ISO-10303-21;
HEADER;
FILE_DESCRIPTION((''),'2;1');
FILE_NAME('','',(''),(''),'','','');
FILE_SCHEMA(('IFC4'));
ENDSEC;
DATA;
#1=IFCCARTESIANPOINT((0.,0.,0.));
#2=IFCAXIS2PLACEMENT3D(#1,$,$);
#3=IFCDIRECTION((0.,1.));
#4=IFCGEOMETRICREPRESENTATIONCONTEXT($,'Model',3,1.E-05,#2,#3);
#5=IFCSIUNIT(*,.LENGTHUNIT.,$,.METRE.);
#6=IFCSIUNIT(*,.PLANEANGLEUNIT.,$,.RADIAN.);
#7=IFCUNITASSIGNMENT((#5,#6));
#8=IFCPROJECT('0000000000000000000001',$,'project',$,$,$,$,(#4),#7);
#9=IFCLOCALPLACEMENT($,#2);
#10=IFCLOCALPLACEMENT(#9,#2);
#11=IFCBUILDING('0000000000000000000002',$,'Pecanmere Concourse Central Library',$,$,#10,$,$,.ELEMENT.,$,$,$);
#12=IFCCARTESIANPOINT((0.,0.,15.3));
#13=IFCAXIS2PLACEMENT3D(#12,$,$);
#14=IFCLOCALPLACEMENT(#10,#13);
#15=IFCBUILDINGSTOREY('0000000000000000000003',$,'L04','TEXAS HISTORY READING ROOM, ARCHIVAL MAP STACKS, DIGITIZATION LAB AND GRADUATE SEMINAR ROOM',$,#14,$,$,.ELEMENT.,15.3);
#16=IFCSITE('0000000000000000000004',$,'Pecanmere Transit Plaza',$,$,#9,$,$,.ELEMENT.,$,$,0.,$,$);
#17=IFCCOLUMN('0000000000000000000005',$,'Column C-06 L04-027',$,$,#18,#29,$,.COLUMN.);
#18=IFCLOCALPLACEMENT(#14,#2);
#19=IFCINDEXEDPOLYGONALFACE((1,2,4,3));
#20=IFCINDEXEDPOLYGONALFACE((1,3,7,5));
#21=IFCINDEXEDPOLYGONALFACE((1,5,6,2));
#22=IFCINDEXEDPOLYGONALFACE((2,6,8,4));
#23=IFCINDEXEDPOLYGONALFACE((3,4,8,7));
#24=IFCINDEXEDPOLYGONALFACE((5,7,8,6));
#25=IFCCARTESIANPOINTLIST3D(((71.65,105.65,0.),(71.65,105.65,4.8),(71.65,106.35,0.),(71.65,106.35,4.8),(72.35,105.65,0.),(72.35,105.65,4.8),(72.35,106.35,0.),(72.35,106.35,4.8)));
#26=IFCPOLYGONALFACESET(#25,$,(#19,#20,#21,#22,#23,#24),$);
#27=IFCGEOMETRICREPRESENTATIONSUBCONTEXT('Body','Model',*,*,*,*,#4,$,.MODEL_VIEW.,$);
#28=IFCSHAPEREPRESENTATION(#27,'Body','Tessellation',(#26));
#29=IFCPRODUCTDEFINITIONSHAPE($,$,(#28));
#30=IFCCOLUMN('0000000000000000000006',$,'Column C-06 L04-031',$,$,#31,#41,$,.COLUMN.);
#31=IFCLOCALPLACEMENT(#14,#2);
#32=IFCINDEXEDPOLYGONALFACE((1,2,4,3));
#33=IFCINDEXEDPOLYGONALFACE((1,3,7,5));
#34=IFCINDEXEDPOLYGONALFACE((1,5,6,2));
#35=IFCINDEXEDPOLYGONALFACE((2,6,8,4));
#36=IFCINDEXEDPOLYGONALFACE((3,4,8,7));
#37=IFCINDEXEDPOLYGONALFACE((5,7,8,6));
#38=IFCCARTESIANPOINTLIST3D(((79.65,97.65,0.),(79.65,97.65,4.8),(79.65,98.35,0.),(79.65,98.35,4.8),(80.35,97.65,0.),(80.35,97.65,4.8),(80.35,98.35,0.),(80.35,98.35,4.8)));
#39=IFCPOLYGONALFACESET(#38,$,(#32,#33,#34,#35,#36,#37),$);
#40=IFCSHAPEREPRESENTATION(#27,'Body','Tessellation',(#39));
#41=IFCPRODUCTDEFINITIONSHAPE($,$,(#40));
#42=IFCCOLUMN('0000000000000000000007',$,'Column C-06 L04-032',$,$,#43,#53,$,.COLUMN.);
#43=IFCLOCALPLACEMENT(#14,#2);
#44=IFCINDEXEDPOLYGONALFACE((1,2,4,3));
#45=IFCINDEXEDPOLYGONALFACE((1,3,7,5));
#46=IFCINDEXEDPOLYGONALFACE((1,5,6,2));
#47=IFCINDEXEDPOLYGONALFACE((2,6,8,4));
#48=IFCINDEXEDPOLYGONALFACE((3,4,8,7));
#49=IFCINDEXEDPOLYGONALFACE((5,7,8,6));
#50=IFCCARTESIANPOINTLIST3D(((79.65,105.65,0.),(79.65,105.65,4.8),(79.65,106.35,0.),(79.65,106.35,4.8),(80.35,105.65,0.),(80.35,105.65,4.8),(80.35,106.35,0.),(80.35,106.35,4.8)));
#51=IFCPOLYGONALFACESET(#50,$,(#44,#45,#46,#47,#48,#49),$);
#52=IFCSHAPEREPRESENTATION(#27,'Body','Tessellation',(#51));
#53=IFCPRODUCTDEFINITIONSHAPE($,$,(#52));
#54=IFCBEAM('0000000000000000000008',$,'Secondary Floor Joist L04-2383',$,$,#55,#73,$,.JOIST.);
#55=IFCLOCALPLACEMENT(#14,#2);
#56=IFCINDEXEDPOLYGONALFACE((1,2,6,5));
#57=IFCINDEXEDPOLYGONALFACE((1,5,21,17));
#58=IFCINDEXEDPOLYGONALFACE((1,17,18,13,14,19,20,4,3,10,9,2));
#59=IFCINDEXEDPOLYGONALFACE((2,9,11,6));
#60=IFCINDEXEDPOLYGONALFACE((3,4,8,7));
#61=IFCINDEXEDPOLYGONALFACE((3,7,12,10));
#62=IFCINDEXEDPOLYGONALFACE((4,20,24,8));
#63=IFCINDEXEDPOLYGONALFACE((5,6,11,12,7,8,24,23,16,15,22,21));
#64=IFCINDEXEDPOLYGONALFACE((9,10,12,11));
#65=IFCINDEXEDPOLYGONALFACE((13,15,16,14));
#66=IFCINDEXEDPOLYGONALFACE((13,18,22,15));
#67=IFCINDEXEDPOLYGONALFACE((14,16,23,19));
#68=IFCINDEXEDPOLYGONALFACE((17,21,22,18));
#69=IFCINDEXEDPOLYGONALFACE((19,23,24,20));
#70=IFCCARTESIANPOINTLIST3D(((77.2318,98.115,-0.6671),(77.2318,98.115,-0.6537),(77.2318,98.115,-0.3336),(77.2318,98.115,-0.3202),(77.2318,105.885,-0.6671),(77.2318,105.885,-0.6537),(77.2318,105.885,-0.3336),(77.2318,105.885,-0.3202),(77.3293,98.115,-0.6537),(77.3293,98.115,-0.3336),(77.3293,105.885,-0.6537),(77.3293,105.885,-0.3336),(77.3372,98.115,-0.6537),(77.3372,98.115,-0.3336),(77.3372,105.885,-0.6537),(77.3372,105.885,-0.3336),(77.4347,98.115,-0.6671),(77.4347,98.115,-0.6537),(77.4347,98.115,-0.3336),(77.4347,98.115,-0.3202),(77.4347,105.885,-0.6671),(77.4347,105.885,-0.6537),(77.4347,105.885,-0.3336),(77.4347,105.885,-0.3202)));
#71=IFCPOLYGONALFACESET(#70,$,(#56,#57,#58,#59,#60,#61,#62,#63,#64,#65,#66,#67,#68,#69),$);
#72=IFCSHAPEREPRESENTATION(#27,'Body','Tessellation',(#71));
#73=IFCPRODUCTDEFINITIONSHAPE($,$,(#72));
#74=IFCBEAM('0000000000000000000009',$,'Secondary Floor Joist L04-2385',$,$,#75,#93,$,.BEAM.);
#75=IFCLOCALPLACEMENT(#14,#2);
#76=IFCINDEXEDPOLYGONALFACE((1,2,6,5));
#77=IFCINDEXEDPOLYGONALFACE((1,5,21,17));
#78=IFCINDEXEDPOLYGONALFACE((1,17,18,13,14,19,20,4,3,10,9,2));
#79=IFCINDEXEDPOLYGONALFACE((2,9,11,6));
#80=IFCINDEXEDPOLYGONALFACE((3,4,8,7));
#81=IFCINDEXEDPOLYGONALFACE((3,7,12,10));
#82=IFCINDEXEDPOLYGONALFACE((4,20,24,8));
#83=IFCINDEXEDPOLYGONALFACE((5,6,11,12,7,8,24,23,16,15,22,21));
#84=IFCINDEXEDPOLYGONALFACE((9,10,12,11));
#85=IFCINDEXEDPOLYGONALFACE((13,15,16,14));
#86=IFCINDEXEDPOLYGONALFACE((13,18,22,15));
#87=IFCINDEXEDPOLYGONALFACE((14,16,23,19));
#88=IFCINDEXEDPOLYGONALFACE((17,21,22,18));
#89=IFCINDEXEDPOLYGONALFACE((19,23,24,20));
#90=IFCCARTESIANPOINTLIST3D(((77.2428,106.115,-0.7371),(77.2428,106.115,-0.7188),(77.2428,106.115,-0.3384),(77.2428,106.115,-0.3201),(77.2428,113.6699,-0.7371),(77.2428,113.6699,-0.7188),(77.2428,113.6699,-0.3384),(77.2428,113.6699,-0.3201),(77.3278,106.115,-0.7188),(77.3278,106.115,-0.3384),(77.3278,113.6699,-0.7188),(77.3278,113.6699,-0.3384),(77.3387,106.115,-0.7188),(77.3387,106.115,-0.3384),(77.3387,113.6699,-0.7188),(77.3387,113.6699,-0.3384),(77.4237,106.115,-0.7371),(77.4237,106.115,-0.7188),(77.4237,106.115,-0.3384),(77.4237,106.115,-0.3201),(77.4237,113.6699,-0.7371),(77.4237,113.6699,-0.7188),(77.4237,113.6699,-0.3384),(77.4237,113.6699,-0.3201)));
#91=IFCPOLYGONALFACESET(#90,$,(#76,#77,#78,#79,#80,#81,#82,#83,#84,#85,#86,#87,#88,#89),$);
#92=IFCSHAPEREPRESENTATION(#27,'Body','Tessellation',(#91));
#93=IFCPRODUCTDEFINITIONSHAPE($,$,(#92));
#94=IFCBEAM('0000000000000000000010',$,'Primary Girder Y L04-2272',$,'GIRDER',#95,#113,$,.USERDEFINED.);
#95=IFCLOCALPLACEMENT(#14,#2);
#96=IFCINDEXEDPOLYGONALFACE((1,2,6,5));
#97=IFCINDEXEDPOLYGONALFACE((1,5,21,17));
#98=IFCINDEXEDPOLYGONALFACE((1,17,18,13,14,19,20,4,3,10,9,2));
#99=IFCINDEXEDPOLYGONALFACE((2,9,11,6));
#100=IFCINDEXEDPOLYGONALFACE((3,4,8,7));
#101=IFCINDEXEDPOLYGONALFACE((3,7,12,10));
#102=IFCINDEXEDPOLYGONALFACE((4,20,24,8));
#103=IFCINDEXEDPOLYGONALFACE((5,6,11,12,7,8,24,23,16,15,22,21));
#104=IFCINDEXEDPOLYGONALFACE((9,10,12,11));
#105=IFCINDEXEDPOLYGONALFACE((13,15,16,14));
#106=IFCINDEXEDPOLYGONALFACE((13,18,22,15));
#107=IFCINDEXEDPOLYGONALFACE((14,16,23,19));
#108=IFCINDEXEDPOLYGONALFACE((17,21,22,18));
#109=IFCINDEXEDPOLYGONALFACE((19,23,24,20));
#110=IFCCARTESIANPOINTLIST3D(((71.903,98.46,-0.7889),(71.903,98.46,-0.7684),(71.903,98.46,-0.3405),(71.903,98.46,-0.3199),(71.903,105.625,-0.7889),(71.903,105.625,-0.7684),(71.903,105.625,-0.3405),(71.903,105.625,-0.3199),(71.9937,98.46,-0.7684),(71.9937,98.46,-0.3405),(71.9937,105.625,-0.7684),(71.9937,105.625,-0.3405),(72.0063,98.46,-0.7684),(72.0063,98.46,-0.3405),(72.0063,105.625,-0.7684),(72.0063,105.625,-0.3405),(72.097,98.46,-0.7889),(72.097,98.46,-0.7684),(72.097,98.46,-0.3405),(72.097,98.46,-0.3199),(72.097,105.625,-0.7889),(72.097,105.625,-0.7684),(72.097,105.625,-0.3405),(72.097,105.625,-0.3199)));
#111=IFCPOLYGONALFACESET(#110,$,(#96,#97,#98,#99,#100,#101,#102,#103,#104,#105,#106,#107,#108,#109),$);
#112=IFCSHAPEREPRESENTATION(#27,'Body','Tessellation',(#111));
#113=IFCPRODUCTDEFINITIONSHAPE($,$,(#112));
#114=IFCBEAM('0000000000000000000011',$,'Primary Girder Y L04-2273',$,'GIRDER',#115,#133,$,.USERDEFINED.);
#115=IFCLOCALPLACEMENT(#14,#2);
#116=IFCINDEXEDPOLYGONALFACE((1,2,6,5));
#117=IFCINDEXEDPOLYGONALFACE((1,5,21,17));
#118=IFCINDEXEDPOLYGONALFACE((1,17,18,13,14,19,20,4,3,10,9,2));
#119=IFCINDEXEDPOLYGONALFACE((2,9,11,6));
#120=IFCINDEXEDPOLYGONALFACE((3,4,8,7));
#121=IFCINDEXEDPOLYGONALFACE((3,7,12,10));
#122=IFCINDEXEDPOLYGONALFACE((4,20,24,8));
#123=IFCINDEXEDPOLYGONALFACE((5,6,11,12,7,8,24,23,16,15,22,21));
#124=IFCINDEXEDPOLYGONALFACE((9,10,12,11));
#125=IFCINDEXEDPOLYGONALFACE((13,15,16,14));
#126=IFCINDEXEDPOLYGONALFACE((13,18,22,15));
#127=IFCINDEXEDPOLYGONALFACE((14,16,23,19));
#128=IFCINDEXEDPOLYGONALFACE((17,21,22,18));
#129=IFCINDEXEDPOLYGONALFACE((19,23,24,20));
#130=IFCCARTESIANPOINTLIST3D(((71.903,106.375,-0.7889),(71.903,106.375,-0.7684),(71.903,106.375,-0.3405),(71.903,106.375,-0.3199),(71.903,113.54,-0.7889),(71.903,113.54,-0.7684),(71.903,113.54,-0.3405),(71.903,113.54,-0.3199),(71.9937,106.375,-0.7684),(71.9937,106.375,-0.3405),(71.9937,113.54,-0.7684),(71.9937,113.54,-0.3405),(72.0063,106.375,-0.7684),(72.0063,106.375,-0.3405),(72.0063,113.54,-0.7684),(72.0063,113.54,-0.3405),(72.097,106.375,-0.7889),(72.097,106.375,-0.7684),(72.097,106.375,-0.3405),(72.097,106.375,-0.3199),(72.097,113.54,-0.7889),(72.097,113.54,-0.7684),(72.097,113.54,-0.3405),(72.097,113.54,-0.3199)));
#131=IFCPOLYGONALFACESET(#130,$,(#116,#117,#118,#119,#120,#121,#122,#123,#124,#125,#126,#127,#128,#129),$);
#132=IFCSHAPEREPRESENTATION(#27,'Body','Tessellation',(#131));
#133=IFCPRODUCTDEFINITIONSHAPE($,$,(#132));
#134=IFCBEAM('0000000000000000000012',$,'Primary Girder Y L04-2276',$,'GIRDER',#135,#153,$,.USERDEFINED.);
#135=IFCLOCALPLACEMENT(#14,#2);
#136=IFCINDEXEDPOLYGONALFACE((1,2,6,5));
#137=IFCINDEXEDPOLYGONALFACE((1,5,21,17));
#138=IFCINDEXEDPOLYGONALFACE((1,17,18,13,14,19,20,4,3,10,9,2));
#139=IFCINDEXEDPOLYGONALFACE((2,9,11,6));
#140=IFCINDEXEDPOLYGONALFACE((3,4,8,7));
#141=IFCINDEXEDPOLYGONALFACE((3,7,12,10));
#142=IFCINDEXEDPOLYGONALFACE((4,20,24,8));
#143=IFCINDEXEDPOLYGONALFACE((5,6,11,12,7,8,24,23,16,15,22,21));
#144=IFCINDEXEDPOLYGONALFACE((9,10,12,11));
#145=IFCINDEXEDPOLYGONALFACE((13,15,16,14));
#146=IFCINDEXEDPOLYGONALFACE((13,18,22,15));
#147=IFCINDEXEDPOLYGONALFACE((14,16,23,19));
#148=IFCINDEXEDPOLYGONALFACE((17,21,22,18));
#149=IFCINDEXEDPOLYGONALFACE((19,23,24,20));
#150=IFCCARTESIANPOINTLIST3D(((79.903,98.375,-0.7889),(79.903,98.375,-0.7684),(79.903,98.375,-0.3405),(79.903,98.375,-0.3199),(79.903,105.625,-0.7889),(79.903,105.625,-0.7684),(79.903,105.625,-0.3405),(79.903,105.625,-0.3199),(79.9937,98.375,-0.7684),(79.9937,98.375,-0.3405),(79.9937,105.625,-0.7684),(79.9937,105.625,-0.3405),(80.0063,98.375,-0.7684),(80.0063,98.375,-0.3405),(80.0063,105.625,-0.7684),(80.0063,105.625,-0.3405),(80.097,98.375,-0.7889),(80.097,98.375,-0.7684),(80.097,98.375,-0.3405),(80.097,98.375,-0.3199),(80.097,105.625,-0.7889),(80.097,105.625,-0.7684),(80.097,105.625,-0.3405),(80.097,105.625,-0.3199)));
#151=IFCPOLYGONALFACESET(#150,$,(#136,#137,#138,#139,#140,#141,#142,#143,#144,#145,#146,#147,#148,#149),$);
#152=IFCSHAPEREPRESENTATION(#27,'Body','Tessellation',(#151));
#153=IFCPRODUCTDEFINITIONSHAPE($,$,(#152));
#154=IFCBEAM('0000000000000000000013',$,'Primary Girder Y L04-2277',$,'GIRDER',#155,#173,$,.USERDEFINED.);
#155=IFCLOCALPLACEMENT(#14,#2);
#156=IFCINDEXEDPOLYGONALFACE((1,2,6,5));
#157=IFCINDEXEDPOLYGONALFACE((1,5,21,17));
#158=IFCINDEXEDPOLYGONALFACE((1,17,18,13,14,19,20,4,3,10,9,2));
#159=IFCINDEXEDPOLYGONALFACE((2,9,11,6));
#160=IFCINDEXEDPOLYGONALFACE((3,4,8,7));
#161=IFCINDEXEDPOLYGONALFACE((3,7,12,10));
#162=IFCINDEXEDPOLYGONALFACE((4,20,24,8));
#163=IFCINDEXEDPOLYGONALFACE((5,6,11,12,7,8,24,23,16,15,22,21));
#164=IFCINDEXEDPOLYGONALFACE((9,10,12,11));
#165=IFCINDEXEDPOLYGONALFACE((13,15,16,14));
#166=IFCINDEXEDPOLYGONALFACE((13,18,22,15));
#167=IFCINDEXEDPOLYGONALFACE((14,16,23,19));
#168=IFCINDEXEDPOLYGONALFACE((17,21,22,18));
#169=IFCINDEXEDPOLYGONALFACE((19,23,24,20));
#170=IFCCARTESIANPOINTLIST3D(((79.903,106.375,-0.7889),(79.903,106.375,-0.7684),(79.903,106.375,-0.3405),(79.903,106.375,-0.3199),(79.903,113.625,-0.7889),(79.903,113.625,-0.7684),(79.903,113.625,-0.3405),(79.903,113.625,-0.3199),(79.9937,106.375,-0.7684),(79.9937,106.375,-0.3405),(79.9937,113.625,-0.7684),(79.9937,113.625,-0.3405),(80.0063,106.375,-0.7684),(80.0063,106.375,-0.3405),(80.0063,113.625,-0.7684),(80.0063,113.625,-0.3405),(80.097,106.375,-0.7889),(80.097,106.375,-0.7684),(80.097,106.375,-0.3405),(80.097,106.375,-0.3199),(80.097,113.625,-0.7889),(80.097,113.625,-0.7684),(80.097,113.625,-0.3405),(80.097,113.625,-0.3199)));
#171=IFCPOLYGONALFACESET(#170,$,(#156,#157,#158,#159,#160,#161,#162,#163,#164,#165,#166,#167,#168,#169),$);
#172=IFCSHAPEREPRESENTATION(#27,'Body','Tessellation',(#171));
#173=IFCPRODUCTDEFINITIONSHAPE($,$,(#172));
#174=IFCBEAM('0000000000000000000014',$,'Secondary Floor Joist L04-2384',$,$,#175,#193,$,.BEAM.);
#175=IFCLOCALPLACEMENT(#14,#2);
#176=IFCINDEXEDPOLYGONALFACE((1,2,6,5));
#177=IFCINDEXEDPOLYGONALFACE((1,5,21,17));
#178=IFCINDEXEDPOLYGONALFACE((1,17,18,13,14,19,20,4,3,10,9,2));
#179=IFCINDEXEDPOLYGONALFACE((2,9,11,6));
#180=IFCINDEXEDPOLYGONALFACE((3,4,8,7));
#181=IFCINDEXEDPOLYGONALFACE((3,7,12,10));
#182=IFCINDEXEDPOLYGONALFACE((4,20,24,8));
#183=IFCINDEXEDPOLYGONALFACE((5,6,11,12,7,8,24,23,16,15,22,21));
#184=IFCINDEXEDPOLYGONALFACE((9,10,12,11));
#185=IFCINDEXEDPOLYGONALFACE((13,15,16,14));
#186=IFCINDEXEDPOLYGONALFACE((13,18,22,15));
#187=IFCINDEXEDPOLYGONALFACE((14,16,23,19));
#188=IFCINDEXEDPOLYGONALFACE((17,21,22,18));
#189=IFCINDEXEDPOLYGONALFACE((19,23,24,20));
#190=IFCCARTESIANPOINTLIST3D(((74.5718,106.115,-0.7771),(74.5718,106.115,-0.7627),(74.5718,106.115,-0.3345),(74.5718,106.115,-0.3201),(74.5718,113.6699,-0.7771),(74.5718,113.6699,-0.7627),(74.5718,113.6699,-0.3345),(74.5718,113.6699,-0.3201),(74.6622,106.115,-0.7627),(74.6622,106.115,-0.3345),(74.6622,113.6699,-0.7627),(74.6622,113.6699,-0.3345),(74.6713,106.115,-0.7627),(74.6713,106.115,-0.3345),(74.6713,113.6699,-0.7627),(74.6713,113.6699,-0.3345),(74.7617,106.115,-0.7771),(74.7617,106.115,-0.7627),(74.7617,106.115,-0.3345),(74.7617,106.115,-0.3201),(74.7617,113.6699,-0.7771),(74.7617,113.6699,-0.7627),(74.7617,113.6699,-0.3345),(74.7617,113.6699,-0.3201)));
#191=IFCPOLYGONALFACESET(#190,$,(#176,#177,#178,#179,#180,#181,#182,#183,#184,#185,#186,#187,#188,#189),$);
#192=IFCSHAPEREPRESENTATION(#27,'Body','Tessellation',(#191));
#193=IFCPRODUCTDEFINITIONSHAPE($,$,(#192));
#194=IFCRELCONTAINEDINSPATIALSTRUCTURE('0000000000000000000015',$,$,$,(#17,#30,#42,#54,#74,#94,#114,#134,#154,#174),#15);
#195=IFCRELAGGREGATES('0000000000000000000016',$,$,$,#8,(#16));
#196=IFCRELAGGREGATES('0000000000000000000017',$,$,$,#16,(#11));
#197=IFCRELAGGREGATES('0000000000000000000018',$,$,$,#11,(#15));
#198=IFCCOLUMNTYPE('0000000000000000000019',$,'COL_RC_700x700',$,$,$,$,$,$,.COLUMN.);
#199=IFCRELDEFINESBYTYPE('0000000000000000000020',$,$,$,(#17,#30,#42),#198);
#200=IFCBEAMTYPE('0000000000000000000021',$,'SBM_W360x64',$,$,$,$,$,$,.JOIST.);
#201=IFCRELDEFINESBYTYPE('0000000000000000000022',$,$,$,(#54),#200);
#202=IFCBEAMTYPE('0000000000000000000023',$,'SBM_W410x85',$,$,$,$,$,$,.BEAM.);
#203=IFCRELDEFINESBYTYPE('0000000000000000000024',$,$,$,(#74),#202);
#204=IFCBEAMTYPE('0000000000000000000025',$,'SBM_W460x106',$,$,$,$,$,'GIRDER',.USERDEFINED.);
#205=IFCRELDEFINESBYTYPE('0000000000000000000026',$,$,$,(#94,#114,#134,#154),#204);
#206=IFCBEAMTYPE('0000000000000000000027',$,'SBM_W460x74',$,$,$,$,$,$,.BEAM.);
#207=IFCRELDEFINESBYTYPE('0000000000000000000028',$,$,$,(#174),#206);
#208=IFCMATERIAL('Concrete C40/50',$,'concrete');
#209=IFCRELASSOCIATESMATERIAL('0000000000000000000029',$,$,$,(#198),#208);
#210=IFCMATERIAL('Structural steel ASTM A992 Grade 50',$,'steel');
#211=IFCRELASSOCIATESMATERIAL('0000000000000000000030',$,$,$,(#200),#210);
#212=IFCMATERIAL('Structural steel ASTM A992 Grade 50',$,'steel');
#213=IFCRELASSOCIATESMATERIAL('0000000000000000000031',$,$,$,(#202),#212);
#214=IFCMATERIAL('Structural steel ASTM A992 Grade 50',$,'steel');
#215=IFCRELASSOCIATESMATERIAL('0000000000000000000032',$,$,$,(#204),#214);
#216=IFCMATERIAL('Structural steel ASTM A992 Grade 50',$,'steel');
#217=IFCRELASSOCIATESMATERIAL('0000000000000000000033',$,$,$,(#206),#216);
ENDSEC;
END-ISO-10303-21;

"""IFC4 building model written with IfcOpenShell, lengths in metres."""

from ifc_helpers import new_model, si_unit, direction, frame, origin, origin_2d, place, context, subcontext, project, spatial, rectangle, i_section, extrude, material, material_profile, profile_set, type_object, element, save


model = new_model("IFC4")

# Units and contexts
model_context = context("Model", 3, precision=1e-05, world=origin(), true_north=direction((0.0, 1.0)))
body_context = subcontext(model_context, "Body", "Model", "MODEL_VIEW")
ifc_project = project(units=[si_unit("LENGTHUNIT", "METRE"), si_unit("PLANEANGLEUNIT", "RADIAN")], contexts=[model_context])

# Site, building, storey
site_placement = place(None, origin())
site = spatial("IfcSite", under=ifc_project, at=site_placement, Name="Pecanmere Transit Plaza", CompositionType="ELEMENT", RefElevation=0.0)
building_placement = place(site_placement, origin())
building = spatial("IfcBuilding", under=site, at=building_placement, Name="Pecanmere Concourse Central Library", CompositionType="ELEMENT")
storey_placement = place(building_placement, frame((0.0, 0.0, 15.3)))
storey = spatial("IfcBuildingStorey", under=building, at=storey_placement, Name="L04", Description="TEXAS HISTORY READING ROOM, ARCHIVAL MAP STACKS, DIGITIZATION LAB AND GRADUATE SEMINAR ROOM", CompositionType="ELEMENT", Elevation=15.3)

# Columns
ifc_material_1 = material(Name="Concrete C40/50", Category="concrete")
ifc_material_profile_1 = material_profile(ifc_material_1, rectangle(XDim=0.7, YDim=0.7, at=origin_2d()), Name="RC 700x700")
ifc_profile_set_1 = profile_set([ifc_material_profile_1], Name="Concrete C40/50")
column_type = type_object("IfcColumnType", Name="COL_RC_700x700", PredefinedType="COLUMN", material=ifc_profile_set_1)
for number, where, z_axis, x_axis, name in (
    (1, (72.0, 106.0, 0.0), (0.0, 0.0, 1.0), (1.0, 0.0, 0.0), "Column C-06 L04-027"),
    (2, (80.0, 98.0, 0.0), (0.0, 0.0, 1.0), (1.0, 0.0, 0.0), "Column C-06 L04-031"),
    (3, (80.0, 106.0, 0.0), (0.0, 0.0, 1.0), (1.0, 0.0, 0.0), "Column C-06 L04-032"),
):
    element("IfcColumn", number, at=place(storey_placement, frame(where, z_axis=z_axis, x_axis=x_axis)), inside=storey, type_object=column_type, Name=name, PredefinedType="COLUMN", context=body_context, shape_type="SweptSolid", body=[
        extrude(rectangle(XDim=0.7, YDim=0.7, at=origin_2d()), origin(), (0.0, 0.0, 1.0), 4.8),
    ])

# Beams
ifc_material_2 = material(Name="Structural steel ASTM A992 Grade 50", Category="steel")
ifc_material_profile_2 = material_profile(ifc_material_2, i_section(OverallWidth=0.2029, OverallDepth=0.3469, WebThickness=0.0078, FlangeThickness=0.0134, at=origin_2d()), Name="W360x64")
ifc_profile_set_2 = profile_set([ifc_material_profile_2], Name="Structural steel ASTM A992 Grade 50")
beam_type_1 = type_object("IfcBeamType", Name="SBM_W360x64", PredefinedType="JOIST", material=ifc_profile_set_2)
beam_1_placement = place(storey_placement, frame((77.3333, 98.115, -0.4937), z_axis=(0.0, 1.0, 0.0), x_axis=(-1.0, 0.0, 0.0)))
element("IfcBeam", 4, at=beam_1_placement, inside=storey, type_object=beam_type_1, Name="Secondary Floor Joist L04-2383", PredefinedType="JOIST", context=body_context, shape_type="SweptSolid", body=[
    extrude(i_section(OverallWidth=0.2029, OverallDepth=0.3469, WebThickness=0.0078, FlangeThickness=0.0134, at=origin_2d()), origin(), (0.0, 0.0, 1.0), 7.77),
])
ifc_material_3 = material(Name="Structural steel ASTM A992 Grade 50", Category="steel")
ifc_material_profile_3 = material_profile(ifc_material_3, i_section(OverallWidth=0.1809, OverallDepth=0.417, WebThickness=0.011, FlangeThickness=0.0183, at=origin_2d()), Name="W410x85")
ifc_profile_set_3 = profile_set([ifc_material_profile_3], Name="Structural steel ASTM A992 Grade 50")
beam_type_2 = type_object("IfcBeamType", Name="SBM_W410x85", PredefinedType="BEAM", material=ifc_profile_set_3)
beam_2_placement = place(storey_placement, frame((77.3333, 106.115, -0.5286), z_axis=(0.0, 1.0, 0.0), x_axis=(-1.0, 0.0, 0.0)))
element("IfcBeam", 5, at=beam_2_placement, inside=storey, type_object=beam_type_2, Name="Secondary Floor Joist L04-2385", PredefinedType="BEAM", context=body_context, shape_type="SweptSolid", body=[
    extrude(i_section(OverallWidth=0.1809, OverallDepth=0.417, WebThickness=0.011, FlangeThickness=0.0183, at=origin_2d()), origin(), (0.0, 0.0, 1.0), 7.5549),
])
ifc_material_4 = material(Name="Structural steel ASTM A992 Grade 50", Category="steel")
ifc_material_profile_4 = material_profile(ifc_material_4, i_section(OverallWidth=0.1941, OverallDepth=0.469, WebThickness=0.0127, FlangeThickness=0.0205, at=origin_2d()), Name="W460x106")
ifc_profile_set_4 = profile_set([ifc_material_profile_4], Name="Structural steel ASTM A992 Grade 50")
beam_type_3 = type_object("IfcBeamType", Name="SBM_W460x106", ElementType="GIRDER", PredefinedType="USERDEFINED", material=ifc_profile_set_4)
for number, where, z_axis, x_axis, name in (
    (6, (72.0, 98.46, -0.5544), (0.0, 1.0, 0.0), (-1.0, 0.0, 0.0), "Primary Girder Y L04-2272"),
    (7, (72.0, 106.375, -0.5544), (0.0, 1.0, 0.0), (-1.0, 0.0, 0.0), "Primary Girder Y L04-2273"),
):
    element("IfcBeam", number, at=place(storey_placement, frame(where, z_axis=z_axis, x_axis=x_axis)), inside=storey, type_object=beam_type_3, Name=name, ObjectType="GIRDER", PredefinedType="USERDEFINED", context=body_context, shape_type="SweptSolid", body=[
        extrude(i_section(OverallWidth=0.1941, OverallDepth=0.469, WebThickness=0.0127, FlangeThickness=0.0205, at=origin_2d()), origin(), (0.0, 0.0, 1.0), 7.165),
    ])
for number, where, z_axis, x_axis, name in (
    (8, (80.0, 98.375, -0.5544), (0.0, 1.0, 0.0), (-1.0, 0.0, 0.0), "Primary Girder Y L04-2276"),
    (9, (80.0, 106.375, -0.5544), (0.0, 1.0, 0.0), (-1.0, 0.0, 0.0), "Primary Girder Y L04-2277"),
):
    element("IfcBeam", number, at=place(storey_placement, frame(where, z_axis=z_axis, x_axis=x_axis)), inside=storey, type_object=beam_type_3, Name=name, ObjectType="GIRDER", PredefinedType="USERDEFINED", context=body_context, shape_type="SweptSolid", body=[
        extrude(i_section(OverallWidth=0.1941, OverallDepth=0.469, WebThickness=0.0127, FlangeThickness=0.0205, at=origin_2d()), origin(), (0.0, 0.0, 1.0), 7.25),
    ])
ifc_material_5 = material(Name="Structural steel ASTM A992 Grade 50", Category="steel")
ifc_material_profile_5 = material_profile(ifc_material_5, i_section(OverallWidth=0.1899, OverallDepth=0.457, WebThickness=0.009, FlangeThickness=0.0144, at=origin_2d()), Name="W460x74")
ifc_profile_set_5 = profile_set([ifc_material_profile_5], Name="Structural steel ASTM A992 Grade 50")
beam_type_4 = type_object("IfcBeamType", Name="SBM_W460x74", PredefinedType="BEAM", material=ifc_profile_set_5)
beam_3_placement = place(storey_placement, frame((74.6667, 106.115, -0.5486), z_axis=(0.0, 1.0, 0.0), x_axis=(-1.0, 0.0, 0.0)))
element("IfcBeam", 10, at=beam_3_placement, inside=storey, type_object=beam_type_4, Name="Secondary Floor Joist L04-2384", PredefinedType="BEAM", context=body_context, shape_type="SweptSolid", body=[
    extrude(i_section(OverallWidth=0.1899, OverallDepth=0.457, WebThickness=0.009, FlangeThickness=0.0144, at=origin_2d()), origin(), (0.0, 0.0, 1.0), 7.5549),
])

save(model, "model.ifc")
